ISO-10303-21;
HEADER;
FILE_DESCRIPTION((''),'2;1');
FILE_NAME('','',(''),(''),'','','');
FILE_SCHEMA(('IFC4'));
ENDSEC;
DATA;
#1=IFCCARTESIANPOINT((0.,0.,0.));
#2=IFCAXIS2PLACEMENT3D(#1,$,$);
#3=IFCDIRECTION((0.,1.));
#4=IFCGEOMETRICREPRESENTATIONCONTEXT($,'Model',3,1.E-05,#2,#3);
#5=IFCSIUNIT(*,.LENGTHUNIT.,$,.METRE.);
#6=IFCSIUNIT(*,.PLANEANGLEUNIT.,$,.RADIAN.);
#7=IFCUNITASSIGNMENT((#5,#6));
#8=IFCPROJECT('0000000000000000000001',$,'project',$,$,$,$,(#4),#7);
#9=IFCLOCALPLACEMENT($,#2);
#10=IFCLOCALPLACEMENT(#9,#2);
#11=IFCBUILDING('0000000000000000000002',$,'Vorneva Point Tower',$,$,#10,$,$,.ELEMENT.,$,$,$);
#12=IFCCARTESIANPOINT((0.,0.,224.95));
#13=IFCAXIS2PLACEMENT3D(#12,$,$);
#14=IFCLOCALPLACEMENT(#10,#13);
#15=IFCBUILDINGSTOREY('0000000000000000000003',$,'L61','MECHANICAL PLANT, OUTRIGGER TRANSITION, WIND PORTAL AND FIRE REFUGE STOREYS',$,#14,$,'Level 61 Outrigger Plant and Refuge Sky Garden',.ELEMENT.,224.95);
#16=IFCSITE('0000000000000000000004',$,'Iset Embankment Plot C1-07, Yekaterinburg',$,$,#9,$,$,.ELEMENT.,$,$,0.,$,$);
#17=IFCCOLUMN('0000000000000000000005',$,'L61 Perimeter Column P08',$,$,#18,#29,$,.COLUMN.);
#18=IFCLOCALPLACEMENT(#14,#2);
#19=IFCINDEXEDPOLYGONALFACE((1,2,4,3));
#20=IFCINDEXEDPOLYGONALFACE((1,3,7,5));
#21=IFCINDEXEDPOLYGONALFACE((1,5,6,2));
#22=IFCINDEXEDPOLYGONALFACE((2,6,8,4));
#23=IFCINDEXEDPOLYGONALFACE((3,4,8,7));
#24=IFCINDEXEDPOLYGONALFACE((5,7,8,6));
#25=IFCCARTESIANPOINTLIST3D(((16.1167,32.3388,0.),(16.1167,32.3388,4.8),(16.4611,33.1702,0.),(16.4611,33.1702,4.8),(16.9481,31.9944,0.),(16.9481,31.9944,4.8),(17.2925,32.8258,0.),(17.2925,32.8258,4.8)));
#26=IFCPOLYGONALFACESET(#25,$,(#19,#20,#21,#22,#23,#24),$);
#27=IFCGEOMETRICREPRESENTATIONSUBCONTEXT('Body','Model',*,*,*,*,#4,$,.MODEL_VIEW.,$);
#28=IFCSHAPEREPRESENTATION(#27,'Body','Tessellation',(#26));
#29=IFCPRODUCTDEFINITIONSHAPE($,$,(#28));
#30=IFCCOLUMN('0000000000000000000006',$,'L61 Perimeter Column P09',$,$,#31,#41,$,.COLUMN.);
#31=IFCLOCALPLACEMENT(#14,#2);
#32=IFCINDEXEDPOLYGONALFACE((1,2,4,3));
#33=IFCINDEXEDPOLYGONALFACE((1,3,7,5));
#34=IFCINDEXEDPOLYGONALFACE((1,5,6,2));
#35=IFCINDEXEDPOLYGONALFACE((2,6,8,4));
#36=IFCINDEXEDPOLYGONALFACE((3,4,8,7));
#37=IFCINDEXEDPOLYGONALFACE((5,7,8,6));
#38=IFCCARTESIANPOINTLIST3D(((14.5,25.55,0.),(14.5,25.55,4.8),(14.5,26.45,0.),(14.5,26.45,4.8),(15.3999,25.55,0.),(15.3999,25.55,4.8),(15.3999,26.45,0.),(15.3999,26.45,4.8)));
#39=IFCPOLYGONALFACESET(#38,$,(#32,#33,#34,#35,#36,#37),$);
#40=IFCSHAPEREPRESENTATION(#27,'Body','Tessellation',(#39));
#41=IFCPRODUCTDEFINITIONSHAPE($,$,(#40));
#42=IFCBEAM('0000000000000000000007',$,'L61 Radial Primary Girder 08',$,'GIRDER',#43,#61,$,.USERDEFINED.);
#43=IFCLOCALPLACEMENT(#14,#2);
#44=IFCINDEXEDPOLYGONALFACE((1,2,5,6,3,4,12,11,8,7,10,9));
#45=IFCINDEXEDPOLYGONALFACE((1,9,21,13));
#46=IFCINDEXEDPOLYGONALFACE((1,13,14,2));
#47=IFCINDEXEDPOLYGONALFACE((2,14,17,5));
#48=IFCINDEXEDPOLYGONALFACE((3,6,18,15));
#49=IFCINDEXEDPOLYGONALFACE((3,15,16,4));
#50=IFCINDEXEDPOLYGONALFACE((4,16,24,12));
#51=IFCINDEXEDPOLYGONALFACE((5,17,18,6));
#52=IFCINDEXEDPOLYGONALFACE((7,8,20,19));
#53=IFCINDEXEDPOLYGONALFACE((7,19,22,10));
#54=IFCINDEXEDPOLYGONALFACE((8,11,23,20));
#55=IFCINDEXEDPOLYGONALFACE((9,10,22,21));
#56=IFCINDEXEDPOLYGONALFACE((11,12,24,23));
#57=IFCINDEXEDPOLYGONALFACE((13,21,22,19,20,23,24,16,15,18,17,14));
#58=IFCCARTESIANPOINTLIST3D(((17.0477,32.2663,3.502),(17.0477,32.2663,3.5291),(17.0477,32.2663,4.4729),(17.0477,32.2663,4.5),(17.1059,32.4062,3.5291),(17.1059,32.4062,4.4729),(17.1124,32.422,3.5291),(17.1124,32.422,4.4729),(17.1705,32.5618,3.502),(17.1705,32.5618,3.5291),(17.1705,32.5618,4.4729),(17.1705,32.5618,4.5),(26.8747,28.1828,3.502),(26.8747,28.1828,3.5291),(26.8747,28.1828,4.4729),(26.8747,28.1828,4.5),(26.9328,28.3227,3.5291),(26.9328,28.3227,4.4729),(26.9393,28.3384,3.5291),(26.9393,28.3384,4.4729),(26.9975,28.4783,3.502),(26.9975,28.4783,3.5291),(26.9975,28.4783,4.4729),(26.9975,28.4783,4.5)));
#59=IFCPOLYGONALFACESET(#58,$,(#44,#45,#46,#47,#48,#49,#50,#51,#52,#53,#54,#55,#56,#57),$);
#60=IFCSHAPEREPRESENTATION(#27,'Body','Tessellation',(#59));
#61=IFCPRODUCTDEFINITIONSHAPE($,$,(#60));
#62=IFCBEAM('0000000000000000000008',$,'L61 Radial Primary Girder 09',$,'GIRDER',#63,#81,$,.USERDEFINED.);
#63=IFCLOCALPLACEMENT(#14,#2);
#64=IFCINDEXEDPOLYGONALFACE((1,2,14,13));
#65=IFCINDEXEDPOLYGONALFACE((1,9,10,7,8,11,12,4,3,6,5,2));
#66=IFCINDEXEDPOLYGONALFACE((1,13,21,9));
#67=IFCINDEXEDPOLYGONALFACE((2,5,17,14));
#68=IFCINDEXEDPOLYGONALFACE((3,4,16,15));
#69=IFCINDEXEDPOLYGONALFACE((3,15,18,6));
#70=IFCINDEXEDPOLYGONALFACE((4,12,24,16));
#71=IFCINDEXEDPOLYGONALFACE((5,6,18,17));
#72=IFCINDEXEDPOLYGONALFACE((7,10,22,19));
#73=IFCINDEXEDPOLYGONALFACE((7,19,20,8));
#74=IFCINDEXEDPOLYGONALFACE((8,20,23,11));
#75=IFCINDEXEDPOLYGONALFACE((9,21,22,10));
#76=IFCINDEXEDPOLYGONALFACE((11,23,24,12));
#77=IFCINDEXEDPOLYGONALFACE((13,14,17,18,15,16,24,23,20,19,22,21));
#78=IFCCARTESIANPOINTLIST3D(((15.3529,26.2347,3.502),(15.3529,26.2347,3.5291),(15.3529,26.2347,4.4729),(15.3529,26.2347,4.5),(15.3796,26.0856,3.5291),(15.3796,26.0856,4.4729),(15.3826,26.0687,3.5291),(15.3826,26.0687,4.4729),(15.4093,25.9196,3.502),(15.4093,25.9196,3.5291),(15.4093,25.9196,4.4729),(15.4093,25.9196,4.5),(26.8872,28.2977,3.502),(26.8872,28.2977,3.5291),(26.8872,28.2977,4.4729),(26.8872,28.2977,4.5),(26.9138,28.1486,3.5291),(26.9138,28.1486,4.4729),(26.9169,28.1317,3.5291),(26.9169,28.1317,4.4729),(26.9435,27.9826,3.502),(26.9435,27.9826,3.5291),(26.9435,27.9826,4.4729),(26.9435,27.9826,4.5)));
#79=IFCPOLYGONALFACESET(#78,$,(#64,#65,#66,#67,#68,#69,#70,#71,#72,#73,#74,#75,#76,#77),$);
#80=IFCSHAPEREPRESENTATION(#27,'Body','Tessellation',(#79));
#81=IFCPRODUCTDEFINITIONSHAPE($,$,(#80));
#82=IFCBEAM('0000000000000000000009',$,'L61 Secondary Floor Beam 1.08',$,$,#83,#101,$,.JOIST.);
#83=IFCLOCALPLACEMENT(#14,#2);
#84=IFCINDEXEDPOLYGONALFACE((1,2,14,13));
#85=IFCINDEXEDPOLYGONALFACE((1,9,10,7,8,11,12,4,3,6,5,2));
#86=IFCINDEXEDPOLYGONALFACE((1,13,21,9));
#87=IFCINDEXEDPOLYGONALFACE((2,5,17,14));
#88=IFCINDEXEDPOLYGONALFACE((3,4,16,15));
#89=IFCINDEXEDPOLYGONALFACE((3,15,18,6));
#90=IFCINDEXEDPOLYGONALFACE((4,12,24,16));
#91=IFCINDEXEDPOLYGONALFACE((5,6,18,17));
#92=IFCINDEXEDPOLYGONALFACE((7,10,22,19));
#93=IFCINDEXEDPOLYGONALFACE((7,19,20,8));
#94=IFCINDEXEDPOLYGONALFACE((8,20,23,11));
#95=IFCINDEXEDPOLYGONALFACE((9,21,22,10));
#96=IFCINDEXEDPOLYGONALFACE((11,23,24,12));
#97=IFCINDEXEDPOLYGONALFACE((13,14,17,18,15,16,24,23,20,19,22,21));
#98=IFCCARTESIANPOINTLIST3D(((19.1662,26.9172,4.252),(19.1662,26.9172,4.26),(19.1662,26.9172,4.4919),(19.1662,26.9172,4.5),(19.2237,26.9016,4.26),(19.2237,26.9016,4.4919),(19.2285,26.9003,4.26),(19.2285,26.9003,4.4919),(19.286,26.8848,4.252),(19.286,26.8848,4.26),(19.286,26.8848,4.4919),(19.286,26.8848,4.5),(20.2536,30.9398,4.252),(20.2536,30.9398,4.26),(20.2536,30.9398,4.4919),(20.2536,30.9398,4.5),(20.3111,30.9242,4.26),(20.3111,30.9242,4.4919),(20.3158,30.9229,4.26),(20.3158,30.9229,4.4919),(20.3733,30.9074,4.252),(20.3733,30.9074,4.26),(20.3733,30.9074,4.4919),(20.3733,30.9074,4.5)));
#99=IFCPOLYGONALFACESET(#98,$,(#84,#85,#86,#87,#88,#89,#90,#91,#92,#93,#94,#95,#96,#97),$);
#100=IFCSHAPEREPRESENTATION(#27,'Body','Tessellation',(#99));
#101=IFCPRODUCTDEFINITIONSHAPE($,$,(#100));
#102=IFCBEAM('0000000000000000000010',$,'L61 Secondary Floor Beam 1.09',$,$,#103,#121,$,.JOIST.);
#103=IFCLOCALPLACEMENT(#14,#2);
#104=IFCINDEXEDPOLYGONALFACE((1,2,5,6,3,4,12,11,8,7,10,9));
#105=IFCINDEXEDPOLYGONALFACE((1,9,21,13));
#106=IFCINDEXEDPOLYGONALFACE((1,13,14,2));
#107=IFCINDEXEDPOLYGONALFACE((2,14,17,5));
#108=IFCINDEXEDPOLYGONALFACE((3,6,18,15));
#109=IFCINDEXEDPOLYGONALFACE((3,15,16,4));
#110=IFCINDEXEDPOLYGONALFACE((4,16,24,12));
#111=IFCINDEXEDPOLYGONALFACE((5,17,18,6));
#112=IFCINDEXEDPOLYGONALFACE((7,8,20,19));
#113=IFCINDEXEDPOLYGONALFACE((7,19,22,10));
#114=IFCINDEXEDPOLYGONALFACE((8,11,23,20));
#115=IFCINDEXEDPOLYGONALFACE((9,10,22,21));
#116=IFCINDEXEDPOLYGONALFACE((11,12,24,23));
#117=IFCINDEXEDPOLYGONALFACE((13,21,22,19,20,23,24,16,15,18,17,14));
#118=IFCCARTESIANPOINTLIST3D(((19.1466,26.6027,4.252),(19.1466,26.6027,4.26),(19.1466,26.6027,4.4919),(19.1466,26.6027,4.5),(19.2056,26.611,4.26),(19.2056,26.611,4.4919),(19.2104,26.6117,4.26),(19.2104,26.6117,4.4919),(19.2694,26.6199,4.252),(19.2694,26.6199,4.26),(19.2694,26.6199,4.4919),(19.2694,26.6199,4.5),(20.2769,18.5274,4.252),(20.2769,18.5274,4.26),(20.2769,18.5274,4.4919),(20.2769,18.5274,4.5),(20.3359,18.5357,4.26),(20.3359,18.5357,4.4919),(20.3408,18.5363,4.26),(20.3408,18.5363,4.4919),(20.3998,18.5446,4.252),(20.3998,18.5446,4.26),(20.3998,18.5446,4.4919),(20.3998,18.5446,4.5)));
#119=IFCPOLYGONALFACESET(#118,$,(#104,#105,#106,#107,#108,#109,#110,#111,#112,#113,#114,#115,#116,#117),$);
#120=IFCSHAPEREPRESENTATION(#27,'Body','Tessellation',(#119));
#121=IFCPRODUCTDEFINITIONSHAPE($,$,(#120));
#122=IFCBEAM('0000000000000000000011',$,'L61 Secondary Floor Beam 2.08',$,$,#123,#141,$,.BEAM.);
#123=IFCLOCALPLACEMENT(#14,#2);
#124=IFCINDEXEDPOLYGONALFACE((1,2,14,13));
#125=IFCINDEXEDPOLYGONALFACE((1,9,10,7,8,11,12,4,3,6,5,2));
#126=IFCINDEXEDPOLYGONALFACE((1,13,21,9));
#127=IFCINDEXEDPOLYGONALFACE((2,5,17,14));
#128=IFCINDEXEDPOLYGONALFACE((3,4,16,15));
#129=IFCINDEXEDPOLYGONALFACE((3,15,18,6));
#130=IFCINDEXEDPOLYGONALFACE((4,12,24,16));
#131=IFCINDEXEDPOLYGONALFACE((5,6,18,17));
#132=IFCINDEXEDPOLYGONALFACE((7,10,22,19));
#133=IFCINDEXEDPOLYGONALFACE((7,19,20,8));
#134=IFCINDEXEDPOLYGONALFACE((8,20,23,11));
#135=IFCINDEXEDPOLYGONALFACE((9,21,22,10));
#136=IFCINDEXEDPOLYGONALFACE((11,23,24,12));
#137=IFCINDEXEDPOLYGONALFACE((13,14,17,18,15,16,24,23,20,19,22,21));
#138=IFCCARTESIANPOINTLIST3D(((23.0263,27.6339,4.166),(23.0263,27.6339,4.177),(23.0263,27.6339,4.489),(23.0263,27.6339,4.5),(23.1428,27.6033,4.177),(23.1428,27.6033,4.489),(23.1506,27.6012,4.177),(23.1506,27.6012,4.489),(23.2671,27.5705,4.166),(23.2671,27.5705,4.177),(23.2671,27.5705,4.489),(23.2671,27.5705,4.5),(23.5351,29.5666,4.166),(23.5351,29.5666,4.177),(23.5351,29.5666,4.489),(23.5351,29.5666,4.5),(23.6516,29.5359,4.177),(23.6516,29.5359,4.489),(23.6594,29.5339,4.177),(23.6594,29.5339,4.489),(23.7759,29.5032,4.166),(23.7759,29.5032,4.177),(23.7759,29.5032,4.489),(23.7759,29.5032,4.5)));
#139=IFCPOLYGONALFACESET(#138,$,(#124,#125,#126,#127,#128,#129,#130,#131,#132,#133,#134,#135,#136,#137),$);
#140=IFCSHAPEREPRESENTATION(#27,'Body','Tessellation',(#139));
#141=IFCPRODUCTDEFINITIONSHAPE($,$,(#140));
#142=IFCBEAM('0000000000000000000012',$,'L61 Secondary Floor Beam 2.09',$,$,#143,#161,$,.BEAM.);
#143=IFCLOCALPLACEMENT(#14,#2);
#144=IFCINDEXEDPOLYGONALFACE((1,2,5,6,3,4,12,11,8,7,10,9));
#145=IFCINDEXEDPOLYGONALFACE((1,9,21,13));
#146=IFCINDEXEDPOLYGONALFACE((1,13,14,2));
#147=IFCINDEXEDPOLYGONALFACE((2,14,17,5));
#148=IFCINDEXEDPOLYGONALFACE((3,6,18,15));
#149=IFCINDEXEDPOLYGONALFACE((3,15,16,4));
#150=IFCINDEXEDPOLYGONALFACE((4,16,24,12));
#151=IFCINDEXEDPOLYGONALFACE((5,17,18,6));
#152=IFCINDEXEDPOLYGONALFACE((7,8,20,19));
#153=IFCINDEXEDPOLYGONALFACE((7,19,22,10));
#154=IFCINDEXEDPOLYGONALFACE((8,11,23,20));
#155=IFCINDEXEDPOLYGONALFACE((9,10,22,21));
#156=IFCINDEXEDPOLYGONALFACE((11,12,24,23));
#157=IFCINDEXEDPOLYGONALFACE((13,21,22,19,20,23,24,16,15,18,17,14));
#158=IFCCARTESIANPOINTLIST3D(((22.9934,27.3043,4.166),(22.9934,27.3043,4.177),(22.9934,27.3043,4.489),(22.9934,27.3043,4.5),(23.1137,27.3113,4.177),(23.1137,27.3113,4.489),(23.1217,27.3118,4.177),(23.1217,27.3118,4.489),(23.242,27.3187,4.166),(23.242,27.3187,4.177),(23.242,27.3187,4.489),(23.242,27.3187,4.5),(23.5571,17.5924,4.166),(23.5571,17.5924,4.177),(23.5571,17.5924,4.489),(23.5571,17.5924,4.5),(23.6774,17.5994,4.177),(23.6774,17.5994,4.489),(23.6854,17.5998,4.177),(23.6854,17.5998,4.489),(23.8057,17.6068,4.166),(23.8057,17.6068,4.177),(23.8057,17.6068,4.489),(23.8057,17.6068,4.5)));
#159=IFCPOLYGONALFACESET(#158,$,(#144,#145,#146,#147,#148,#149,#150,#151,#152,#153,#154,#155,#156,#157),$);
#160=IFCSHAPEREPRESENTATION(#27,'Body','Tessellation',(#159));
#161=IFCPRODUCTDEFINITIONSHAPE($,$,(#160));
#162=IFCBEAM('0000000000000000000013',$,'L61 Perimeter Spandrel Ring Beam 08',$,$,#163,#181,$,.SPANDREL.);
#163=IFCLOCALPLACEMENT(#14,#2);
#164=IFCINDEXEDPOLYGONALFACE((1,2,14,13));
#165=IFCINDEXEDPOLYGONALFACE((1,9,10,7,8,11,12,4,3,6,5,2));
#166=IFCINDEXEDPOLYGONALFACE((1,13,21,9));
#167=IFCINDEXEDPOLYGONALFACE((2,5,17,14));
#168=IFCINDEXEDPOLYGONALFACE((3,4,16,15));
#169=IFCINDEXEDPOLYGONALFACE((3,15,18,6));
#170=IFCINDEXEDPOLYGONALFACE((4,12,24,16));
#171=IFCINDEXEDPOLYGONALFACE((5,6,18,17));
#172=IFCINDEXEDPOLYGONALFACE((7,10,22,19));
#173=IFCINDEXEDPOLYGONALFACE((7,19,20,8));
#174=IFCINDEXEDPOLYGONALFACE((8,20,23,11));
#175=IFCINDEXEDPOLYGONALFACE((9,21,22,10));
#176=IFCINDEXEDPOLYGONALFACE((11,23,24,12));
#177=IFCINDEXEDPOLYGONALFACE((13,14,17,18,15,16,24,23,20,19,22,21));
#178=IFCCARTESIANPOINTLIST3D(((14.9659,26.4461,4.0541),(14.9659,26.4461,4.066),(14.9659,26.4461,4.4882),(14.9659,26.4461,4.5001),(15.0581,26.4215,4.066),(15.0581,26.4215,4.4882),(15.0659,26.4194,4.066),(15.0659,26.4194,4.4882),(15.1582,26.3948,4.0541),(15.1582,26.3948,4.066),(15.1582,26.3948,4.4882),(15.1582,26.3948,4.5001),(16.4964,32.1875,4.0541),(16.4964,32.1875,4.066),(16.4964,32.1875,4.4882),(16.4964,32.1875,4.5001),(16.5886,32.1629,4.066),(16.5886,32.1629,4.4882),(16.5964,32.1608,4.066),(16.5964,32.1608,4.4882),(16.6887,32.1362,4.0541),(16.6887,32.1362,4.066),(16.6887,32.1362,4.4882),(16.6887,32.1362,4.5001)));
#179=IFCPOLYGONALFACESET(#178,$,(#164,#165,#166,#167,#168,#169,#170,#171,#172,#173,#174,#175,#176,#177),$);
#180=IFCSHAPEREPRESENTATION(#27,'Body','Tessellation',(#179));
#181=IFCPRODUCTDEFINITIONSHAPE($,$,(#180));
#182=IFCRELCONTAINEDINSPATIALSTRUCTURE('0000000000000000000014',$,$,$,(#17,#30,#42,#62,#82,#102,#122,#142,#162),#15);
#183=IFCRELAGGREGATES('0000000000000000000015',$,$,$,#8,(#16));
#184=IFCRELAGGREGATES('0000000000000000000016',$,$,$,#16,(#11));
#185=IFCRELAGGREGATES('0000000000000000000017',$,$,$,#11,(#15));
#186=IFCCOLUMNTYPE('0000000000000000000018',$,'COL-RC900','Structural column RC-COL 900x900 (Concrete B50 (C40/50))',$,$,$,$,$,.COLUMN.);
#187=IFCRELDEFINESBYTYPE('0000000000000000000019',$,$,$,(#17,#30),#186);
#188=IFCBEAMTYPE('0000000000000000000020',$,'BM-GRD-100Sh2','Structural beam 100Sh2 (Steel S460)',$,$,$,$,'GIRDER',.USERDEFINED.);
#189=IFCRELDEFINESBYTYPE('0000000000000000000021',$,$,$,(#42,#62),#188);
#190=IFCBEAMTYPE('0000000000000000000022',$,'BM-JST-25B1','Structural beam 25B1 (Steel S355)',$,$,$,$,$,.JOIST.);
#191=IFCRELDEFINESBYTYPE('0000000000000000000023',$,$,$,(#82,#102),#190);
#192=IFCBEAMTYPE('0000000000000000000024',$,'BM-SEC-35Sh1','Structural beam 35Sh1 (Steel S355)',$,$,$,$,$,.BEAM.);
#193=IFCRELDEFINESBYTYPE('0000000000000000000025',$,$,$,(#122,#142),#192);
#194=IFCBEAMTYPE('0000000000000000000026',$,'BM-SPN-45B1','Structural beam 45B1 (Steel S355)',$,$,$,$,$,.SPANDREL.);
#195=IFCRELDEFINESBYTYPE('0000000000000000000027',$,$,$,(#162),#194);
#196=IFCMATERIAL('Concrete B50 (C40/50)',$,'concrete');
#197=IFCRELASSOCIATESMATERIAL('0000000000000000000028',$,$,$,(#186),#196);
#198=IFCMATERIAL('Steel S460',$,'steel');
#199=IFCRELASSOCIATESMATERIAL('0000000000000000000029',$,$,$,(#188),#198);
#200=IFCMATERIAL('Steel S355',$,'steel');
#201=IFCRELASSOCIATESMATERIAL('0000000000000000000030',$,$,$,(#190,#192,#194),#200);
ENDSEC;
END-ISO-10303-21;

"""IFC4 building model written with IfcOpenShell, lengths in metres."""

from ifc_helpers import new_model, si_unit, direction, frame, origin, origin_2d, place, context, subcontext, project, spatial, rectangle, i_section, extrude, material, material_profile, profile_set, type_object, element, save


model = new_model("IFC4")

# Units and contexts
model_context = context("Model", 3, precision=1e-05, world=origin(), true_north=direction((0.0, 1.0)))
body_context = subcontext(model_context, "Body", "Model", "MODEL_VIEW")
ifc_project = project(units=[si_unit("LENGTHUNIT", "METRE"), si_unit("PLANEANGLEUNIT", "RADIAN")], contexts=[model_context])

# Site, building, storey
site_placement = place(None, origin())
site = spatial("IfcSite", under=ifc_project, at=site_placement, Name="Iset Embankment Plot C1-07, Yekaterinburg", CompositionType="ELEMENT", RefElevation=0.0)
building_placement = place(site_placement, origin())
building = spatial("IfcBuilding", under=site, at=building_placement, Name="Vorneva Point Tower", CompositionType="ELEMENT")
storey_placement = place(building_placement, frame((0.0, 0.0, 224.95)))
storey = spatial("IfcBuildingStorey", under=building, at=storey_placement, Name="L61", Description="MECHANICAL PLANT, OUTRIGGER TRANSITION, WIND PORTAL AND FIRE REFUGE STOREYS", LongName="Level 61 Outrigger Plant and Refuge Sky Garden", CompositionType="ELEMENT", Elevation=224.95)

# Columns
ifc_material_1 = material(Name="Concrete B50 (C40/50)", Category="concrete")
ifc_material_profile_1 = material_profile(ifc_material_1, rectangle(XDim=0.8999, YDim=0.8999, at=origin_2d()), Name="RC-COL 900x900")
ifc_profile_set_1 = profile_set([ifc_material_profile_1], Name="Concrete B50 (C40/50)")
column_type = type_object("IfcColumnType", Name="COL-RC900", Description="Structural column RC-COL 900x900 (Concrete B50 (C40/50))", PredefinedType="COLUMN", material=ifc_profile_set_1)
for number, where, z_axis, x_axis, name in (
    (1, (16.7046, 32.5823, 0.0), (0.0, 0.0, 1.0), (-0.92388, 0.382683, 0.0), "L61 Perimeter Column P08"),
    (2, (14.95, 26.0, 0.0), (0.0, 0.0, 1.0), (-1.0, 0.0, 0.0), "L61 Perimeter Column P09"),
):
    element("IfcColumn", number, at=place(storey_placement, frame(where, z_axis=z_axis, x_axis=x_axis)), inside=storey, type_object=column_type, Name=name, PredefinedType="COLUMN", context=body_context, shape_type="SweptSolid", body=[
        extrude(rectangle(XDim=0.8999, YDim=0.8999, at=origin_2d()), origin(), (0.0, 0.0, 1.0), 4.8),
    ])

# Beams
ifc_material_2 = material(Name="Steel S460", Category="steel")
ifc_material_profile_2 = material_profile(ifc_material_2, i_section(OverallWidth=0.3201, OverallDepth=0.998, WebThickness=0.0171, FlangeThickness=0.0271, at=origin_2d()), Name="100Sh2")
ifc_profile_set_2 = profile_set([ifc_material_profile_2], Name="Steel S460")
beam_type_1 = type_object("IfcBeamType", Name="BM-GRD-100Sh2", Description="Structural beam 100Sh2 (Steel S460)", ElementType="GIRDER", PredefinedType="USERDEFINED", material=ifc_profile_set_2)
beam_1_placement = place(storey_placement, frame((17.1091, 32.4141, 4.001), z_axis=(0.923445, -0.383731, 0.0), x_axis=(0.383731, 0.923445, 0.0)))
element("IfcBeam", 3, at=beam_1_placement, inside=storey, type_object=beam_type_1, Name="L61 Radial Primary Girder 08", ObjectType="GIRDER", PredefinedType="USERDEFINED", context=body_context, shape_type="SweptSolid", body=[
    extrude(i_section(OverallWidth=0.3201, OverallDepth=0.998, WebThickness=0.0171, FlangeThickness=0.0271, at=origin_2d()), origin(), (0.0, 0.0, 1.0), 10.6416),
])
beam_2_placement = place(storey_placement, frame((15.3811, 26.0771, 4.001), z_axis=(0.984379, 0.176065, 0.0), x_axis=(-0.176065, 0.984379, 0.0)))
element("IfcBeam", 4, at=beam_2_placement, inside=storey, type_object=beam_type_1, Name="L61 Radial Primary Girder 09", ObjectType="GIRDER", PredefinedType="USERDEFINED", context=body_context, shape_type="SweptSolid", body=[
    extrude(i_section(OverallWidth=0.3201, OverallDepth=0.998, WebThickness=0.0171, FlangeThickness=0.0271, at=origin_2d()), origin(), (0.0, 0.0, 1.0), 11.7173),
])
ifc_material_3 = material(Name="Steel S355", Category="steel")
ifc_material_profile_3 = material_profile(ifc_material_3, i_section(OverallWidth=0.124, OverallDepth=0.248, WebThickness=0.0049, FlangeThickness=0.0081, at=origin_2d()), Name="25B1")
ifc_profile_set_3 = profile_set([ifc_material_profile_3], Name="Steel S355")
beam_type_2 = type_object("IfcBeamType", Name="BM-JST-25B1", Description="Structural beam 25B1 (Steel S355)", PredefinedType="JOIST", material=ifc_profile_set_3)
beam_3_placement = place(storey_placement, frame((20.3135, 30.9236, 4.376), z_axis=(-0.26095, -0.965352, 0.0), x_axis=(0.965352, -0.26095, 0.0)))
element("IfcBeam", 5, at=beam_3_placement, inside=storey, type_object=beam_type_2, Name="L61 Secondary Floor Beam 1.08", PredefinedType="JOIST", context=body_context, shape_type="SweptSolid", body=[
    extrude(i_section(OverallWidth=0.124, OverallDepth=0.248, WebThickness=0.0049, FlangeThickness=0.0081, at=origin_2d()), origin(), (0.0, 0.0, 1.0), 4.167),
])
beam_4_placement = place(storey_placement, frame((19.208, 26.6113, 4.376), z_axis=(0.138625, -0.990345, 0.0), x_axis=(0.990345, 0.138625, 0.0)))
element("IfcBeam", 6, at=beam_4_placement, inside=storey, type_object=beam_type_2, Name="L61 Secondary Floor Beam 1.09", PredefinedType="JOIST", context=body_context, shape_type="SweptSolid", body=[
    extrude(i_section(OverallWidth=0.124, OverallDepth=0.248, WebThickness=0.0049, FlangeThickness=0.0081, at=origin_2d()), origin(), (0.0, 0.0, 1.0), 8.1541),
])
ifc_material_profile_4 = material_profile(ifc_material_3, i_section(OverallWidth=0.249, OverallDepth=0.334, WebThickness=0.0081, FlangeThickness=0.011, at=origin_2d()), Name="35Sh1")
ifc_profile_set_4 = profile_set([ifc_material_profile_4], Name="Steel S355")
beam_type_3 = type_object("IfcBeamType", Name="BM-SEC-35Sh1", Description="Structural beam 35Sh1 (Steel S355)", PredefinedType="BEAM", material=ifc_profile_set_4)
beam_5_placement = place(storey_placement, frame((23.6555, 29.5349, 4.333), z_axis=(-0.25459, -0.967049, 0.0), x_axis=(0.967049, -0.25459, 0.0)))
element("IfcBeam", 7, at=beam_5_placement, inside=storey, type_object=beam_type_3, Name="L61 Secondary Floor Beam 2.08", PredefinedType="BEAM", context=body_context, shape_type="SweptSolid", body=[
    extrude(i_section(OverallWidth=0.249, OverallDepth=0.334, WebThickness=0.0081, FlangeThickness=0.011, at=origin_2d()), origin(), (0.0, 0.0, 1.0), 1.9985),
])
beam_6_placement = place(storey_placement, frame((23.1177, 27.3115, 4.333), z_axis=(0.057947, -0.99832, 0.0), x_axis=(0.99832, 0.057947, 0.0)))
element("IfcBeam", 8, at=beam_6_placement, inside=storey, type_object=beam_type_3, Name="L61 Secondary Floor Beam 2.09", PredefinedType="BEAM", context=body_context, shape_type="SweptSolid", body=[
    extrude(i_section(OverallWidth=0.249, OverallDepth=0.334, WebThickness=0.0081, FlangeThickness=0.011, at=origin_2d()), origin(), (0.0, 0.0, 1.0), 9.7283),
])
ifc_material_profile_5 = material_profile(ifc_material_3, i_section(OverallWidth=0.199, OverallDepth=0.446, WebThickness=0.0081, FlangeThickness=0.012, at=origin_2d()), Name="45B1")
ifc_profile_set_5 = profile_set([ifc_material_profile_5], Name="Steel S355")
beam_type_4 = type_object("IfcBeamType", Name="BM-SPN-45B1", Description="Structural beam 45B1 (Steel S355)", PredefinedType="SPANDREL", material=ifc_profile_set_5)
beam_7_placement = place(storey_placement, frame((16.5925, 32.1619, 4.2771), z_axis=(-0.257578, -0.966257, 0.0), x_axis=(0.966257, -0.257578, 0.0)))
element("IfcBeam", 9, at=beam_7_placement, inside=storey, type_object=beam_type_4, Name="L61 Perimeter Spandrel Ring Beam 08", PredefinedType="SPANDREL", context=body_context, shape_type="SweptSolid", body=[
    extrude(i_section(OverallWidth=0.199, OverallDepth=0.446, WebThickness=0.0081, FlangeThickness=0.012, at=origin_2d()), origin(), (0.0, 0.0, 1.0), 5.9419),
])

save(model, "model.ifc")
